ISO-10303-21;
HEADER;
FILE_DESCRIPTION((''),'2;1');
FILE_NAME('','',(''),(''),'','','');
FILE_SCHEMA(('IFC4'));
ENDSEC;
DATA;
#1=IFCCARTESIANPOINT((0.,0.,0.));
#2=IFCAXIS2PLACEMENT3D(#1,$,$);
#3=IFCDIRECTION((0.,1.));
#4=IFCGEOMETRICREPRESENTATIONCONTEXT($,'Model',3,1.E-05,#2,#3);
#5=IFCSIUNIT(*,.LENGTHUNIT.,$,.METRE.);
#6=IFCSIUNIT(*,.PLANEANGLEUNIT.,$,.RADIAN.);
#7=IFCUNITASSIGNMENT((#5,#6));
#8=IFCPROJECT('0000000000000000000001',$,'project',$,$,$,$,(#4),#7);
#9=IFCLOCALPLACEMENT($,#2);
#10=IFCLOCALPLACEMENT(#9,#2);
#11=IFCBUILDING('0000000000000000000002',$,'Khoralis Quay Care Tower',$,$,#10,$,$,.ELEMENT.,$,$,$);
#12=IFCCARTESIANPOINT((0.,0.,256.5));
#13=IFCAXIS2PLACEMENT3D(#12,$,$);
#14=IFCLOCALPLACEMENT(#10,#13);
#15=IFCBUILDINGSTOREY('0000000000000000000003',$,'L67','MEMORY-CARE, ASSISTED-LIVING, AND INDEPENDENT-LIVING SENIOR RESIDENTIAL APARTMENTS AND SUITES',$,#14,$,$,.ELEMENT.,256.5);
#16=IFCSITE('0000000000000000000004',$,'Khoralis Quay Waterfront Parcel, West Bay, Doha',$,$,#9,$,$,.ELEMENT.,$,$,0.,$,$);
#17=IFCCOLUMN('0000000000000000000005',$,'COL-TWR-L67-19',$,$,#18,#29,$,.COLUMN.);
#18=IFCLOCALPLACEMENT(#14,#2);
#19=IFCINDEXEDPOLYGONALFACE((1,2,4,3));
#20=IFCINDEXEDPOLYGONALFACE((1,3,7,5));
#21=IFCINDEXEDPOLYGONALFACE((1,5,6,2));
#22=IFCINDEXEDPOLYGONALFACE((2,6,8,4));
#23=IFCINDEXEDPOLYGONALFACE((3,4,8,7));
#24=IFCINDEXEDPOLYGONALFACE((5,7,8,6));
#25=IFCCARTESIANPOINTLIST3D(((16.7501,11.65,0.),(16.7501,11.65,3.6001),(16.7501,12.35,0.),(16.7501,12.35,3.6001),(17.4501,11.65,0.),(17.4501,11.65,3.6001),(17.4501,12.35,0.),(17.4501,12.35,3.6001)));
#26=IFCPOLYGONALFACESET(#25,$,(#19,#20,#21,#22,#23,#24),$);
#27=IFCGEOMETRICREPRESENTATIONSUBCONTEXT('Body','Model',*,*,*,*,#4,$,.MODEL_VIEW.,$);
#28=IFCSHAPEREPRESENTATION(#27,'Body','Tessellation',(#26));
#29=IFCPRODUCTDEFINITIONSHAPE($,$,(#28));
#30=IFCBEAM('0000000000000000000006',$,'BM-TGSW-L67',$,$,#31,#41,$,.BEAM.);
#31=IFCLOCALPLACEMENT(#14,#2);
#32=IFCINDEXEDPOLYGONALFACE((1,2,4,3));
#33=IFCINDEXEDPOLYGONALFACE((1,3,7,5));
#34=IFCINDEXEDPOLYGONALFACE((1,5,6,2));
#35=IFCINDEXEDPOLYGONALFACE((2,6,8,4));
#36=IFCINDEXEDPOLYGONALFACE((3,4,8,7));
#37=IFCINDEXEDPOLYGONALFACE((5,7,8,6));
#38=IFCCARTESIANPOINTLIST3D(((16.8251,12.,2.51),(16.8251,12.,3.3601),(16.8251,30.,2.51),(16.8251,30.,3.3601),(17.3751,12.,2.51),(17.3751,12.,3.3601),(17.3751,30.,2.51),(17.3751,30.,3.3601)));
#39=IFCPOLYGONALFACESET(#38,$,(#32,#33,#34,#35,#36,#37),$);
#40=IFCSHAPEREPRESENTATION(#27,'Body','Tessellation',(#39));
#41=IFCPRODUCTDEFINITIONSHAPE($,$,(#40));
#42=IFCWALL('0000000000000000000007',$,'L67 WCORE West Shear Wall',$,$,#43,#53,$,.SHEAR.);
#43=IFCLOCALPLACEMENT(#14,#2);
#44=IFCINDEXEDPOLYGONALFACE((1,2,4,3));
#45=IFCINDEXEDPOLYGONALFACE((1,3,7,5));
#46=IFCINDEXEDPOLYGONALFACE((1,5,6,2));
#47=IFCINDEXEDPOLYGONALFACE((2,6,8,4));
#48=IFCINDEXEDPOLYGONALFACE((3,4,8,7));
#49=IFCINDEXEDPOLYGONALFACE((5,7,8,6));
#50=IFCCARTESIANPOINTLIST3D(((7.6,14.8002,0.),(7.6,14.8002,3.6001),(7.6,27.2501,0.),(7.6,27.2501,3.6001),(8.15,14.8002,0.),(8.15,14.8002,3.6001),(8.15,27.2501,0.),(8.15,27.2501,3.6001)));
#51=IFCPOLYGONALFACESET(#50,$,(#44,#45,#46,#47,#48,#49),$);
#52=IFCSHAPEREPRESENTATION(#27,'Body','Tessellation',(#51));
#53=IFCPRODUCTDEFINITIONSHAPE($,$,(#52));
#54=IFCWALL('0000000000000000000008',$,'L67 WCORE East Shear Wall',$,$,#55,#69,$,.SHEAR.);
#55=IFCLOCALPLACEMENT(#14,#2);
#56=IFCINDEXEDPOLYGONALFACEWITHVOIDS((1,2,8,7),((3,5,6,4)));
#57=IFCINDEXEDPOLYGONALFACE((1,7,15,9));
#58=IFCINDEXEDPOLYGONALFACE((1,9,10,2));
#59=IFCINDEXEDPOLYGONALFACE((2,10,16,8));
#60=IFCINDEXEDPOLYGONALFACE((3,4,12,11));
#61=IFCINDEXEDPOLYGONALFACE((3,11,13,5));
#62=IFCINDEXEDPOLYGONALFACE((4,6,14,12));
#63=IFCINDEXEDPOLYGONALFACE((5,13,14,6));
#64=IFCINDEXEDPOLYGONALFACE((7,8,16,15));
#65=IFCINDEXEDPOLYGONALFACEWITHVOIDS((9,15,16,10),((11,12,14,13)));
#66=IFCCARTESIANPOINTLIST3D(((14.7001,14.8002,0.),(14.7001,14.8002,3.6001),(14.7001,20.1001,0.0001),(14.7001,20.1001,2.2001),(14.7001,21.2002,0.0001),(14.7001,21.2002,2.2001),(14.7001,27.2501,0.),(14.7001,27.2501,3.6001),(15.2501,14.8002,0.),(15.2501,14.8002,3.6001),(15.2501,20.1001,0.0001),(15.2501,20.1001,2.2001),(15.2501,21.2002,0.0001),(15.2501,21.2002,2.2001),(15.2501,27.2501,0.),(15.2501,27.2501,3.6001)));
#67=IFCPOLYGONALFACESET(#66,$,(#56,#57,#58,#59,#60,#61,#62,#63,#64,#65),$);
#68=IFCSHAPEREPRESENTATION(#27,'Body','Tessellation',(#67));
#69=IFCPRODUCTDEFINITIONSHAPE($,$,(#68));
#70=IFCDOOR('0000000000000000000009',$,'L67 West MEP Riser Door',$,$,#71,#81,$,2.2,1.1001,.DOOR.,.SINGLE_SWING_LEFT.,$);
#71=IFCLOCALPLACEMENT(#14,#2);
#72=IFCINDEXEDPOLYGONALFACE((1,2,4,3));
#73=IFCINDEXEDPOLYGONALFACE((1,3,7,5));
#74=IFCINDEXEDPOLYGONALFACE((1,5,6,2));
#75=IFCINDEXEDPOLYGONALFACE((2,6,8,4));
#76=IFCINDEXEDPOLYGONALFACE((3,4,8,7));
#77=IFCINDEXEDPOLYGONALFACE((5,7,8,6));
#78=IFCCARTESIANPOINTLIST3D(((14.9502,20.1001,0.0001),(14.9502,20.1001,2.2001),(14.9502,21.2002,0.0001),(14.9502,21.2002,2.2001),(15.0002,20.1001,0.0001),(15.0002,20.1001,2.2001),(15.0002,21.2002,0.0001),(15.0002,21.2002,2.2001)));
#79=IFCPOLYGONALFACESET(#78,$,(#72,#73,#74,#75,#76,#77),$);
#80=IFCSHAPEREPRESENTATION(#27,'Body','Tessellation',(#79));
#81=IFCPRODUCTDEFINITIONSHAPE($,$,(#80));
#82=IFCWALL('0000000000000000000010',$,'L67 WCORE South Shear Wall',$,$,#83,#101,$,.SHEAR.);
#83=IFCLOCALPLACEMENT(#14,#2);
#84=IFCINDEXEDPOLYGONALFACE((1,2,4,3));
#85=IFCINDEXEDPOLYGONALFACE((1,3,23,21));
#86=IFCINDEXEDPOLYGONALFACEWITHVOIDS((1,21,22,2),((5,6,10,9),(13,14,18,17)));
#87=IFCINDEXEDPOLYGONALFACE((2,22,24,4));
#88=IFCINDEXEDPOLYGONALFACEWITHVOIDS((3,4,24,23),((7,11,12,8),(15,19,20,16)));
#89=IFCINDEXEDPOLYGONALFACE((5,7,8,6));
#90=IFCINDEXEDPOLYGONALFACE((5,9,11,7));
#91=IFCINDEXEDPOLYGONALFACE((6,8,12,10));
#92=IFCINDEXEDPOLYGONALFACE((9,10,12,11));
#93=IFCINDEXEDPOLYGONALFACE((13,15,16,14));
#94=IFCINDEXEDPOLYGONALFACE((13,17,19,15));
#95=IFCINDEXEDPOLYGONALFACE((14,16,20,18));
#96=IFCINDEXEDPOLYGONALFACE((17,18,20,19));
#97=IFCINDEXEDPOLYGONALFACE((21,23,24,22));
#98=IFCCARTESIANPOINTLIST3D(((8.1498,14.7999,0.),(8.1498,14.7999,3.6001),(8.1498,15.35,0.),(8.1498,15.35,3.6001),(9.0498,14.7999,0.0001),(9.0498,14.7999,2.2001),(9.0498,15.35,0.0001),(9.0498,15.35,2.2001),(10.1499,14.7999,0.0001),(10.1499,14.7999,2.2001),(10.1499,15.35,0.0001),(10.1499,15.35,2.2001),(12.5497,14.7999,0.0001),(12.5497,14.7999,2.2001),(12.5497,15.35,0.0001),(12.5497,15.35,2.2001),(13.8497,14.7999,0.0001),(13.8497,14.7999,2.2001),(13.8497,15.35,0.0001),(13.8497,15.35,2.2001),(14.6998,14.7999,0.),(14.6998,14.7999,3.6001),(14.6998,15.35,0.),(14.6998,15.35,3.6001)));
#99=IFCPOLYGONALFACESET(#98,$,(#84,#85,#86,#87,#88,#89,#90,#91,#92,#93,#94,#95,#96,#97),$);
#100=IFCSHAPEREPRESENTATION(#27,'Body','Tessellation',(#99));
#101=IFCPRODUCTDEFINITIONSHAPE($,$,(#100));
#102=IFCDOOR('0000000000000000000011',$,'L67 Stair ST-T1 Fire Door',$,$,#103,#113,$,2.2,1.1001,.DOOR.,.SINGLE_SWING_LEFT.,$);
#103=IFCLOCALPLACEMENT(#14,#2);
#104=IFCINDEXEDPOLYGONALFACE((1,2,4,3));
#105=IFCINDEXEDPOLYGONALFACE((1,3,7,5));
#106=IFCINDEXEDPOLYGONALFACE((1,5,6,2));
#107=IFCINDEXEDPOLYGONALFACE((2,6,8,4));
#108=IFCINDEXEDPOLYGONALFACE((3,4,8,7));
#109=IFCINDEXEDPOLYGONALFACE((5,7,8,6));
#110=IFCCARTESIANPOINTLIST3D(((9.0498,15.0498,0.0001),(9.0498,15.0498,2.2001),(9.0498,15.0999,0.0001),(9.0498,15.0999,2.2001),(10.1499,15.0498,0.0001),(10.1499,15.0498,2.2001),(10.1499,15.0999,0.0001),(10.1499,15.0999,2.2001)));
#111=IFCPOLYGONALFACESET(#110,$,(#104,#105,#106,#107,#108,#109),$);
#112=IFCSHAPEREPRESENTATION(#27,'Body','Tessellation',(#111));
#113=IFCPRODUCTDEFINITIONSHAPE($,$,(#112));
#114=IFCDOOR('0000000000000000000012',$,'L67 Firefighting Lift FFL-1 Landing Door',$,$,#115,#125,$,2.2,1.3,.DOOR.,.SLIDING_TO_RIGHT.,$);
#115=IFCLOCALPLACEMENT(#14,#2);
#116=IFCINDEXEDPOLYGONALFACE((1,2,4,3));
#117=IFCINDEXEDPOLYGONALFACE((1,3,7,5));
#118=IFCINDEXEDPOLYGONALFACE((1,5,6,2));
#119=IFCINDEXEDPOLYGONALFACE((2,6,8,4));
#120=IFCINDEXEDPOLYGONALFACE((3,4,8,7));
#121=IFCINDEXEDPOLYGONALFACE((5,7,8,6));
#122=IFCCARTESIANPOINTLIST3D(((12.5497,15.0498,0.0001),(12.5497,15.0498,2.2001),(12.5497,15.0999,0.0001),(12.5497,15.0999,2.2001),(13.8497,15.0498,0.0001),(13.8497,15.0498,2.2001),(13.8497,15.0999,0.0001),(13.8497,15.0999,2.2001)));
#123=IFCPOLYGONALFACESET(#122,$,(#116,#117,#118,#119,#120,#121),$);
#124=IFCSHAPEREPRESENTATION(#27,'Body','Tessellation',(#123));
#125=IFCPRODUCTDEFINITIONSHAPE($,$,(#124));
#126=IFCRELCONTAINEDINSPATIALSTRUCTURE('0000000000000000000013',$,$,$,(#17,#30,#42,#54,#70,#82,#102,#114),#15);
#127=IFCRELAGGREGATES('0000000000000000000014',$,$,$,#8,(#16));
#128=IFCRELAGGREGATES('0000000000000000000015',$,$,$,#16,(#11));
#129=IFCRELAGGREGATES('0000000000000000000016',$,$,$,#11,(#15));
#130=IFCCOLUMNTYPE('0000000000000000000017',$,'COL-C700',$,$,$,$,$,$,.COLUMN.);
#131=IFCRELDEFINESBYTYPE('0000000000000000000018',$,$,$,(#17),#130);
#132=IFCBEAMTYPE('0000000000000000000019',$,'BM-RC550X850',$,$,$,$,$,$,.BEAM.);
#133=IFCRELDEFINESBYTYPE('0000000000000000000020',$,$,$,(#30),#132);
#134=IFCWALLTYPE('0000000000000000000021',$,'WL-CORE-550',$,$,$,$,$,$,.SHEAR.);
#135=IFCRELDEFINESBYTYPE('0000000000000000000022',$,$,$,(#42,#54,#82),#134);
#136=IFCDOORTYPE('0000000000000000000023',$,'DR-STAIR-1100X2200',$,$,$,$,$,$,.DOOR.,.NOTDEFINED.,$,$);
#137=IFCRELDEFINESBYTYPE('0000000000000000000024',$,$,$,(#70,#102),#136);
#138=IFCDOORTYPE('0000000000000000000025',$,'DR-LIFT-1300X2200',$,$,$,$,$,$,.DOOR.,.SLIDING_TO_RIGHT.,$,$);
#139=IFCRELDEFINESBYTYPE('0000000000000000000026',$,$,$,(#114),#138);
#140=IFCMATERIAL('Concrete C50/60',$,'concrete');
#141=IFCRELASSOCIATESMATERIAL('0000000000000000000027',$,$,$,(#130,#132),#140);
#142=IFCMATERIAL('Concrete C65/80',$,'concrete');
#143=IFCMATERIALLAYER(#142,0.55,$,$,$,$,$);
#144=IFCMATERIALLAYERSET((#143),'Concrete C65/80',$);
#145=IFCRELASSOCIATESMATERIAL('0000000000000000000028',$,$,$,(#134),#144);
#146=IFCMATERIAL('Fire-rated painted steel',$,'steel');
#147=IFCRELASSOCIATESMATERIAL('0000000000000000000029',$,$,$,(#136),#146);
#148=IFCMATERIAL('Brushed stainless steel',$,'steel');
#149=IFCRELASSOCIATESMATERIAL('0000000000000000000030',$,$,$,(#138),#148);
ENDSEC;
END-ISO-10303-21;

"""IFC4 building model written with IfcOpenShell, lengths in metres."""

from ifc_helpers import new_model, si_unit, direction, frame, frame_2d, origin, origin_2d, place, context, subcontext, project, spatial, rectangle, extrude, source, transform, mapped, material, layer, layer_set, material_profile, profile_set, type_object, element, fill, save


model = new_model("IFC4")

# Units and contexts
model_context = context("Model", 3, precision=1e-05, world=origin(), true_north=direction((0.0, 1.0)))
body_context = subcontext(model_context, "Body", "Model", "MODEL_VIEW")
ifc_project = project(units=[si_unit("LENGTHUNIT", "METRE"), si_unit("PLANEANGLEUNIT", "RADIAN")], contexts=[model_context])

# Site, building, storey
site_placement = place(None, origin())
site = spatial("IfcSite", under=ifc_project, at=site_placement, Name="Khoralis Quay Waterfront Parcel, West Bay, Doha", CompositionType="ELEMENT", RefElevation=0.0)
building_placement = place(site_placement, origin())
building = spatial("IfcBuilding", under=site, at=building_placement, Name="Khoralis Quay Care Tower", CompositionType="ELEMENT")
storey_placement = place(building_placement, frame((0.0, 0.0, 256.5)))
storey = spatial("IfcBuildingStorey", under=building, at=storey_placement, Name="L67", Description="MEMORY-CARE, ASSISTED-LIVING, AND INDEPENDENT-LIVING SENIOR RESIDENTIAL APARTMENTS AND SUITES", CompositionType="ELEMENT", Elevation=256.5)

# Column
ifc_material_1 = material(Name="Concrete C50/60", Category="concrete")
ifc_material_profile_1 = material_profile(ifc_material_1, rectangle(XDim=0.7, YDim=0.7, at=origin_2d()), Name="Concrete C50/60")
ifc_profile_set_1 = profile_set([ifc_material_profile_1], Name="Concrete C50/60")
column_type = type_object("IfcColumnType", Name="COL-C700", PredefinedType="COLUMN", material=ifc_profile_set_1)
shared_shape_1 = source(origin(), body_context, "Body", "SweptSolid", [
    extrude(rectangle(XDim=0.7, YDim=0.7, at=origin_2d()), origin(), (0.0, 0.0, 1.0), 3.6001),
])
column_placement = place(storey_placement, frame((17.1001, 12.0, 0.0), z_axis=(0.0, 0.0, 1.0), x_axis=(1.0, 0.0, 0.0)))
element("IfcColumn", 1, at=column_placement, inside=storey, type_object=column_type, Name="COL-TWR-L67-19", PredefinedType="COLUMN", context=body_context, shape_type="MappedRepresentation", body=[
    mapped(shared_shape_1, transform((0.0, 0.0, 0.0), scale=1.0)),
])

# Beam
ifc_material_profile_2 = material_profile(ifc_material_1, rectangle(XDim=0.55, YDim=0.8501, at=origin_2d()), Name="Concrete C50/60")
ifc_profile_set_2 = profile_set([ifc_material_profile_2], Name="Concrete C50/60")
beam_type = type_object("IfcBeamType", Name="BM-RC550X850", PredefinedType="BEAM", material=ifc_profile_set_2)
shared_shape_2 = source(origin(), body_context, "Body", "SweptSolid", [
    extrude(rectangle(XDim=0.55, YDim=0.8501, at=origin_2d()), origin(), (0.0, 0.0, 1.0), 18.0),
])
beam_placement = place(storey_placement, frame((17.1001, 12.0, 2.9351), z_axis=(0.0, 1.0, 0.0), x_axis=(-1.0, 0.0, 0.0)))
element("IfcBeam", 2, at=beam_placement, inside=storey, type_object=beam_type, Name="BM-TGSW-L67", PredefinedType="BEAM", context=body_context, shape_type="MappedRepresentation", body=[
    mapped(shared_shape_2, transform((0.0, 0.0, 0.0), scale=1.0)),
])

# Wall
ifc_material_2 = material(Name="Concrete C65/80", Category="concrete")
ifc_layer_1 = layer(ifc_material_2, 0.55)
ifc_layer_set_1 = layer_set([ifc_layer_1], Name="Concrete C65/80")
wall_type_1 = type_object("IfcWallType", Name="WL-CORE-550", PredefinedType="SHEAR", material=ifc_layer_set_1)
wall_1_placement = place(storey_placement, frame((7.875, 14.8, 0.0), z_axis=(0.0, 0.0, 1.0), x_axis=(0.0, 1.0, 0.0)))
element("IfcWall", 3, at=wall_1_placement, inside=storey, type_object=wall_type_1, Name="L67 WCORE West Shear Wall", PredefinedType="SHEAR", context=body_context, shape_type="SweptSolid", body=[
    extrude(rectangle(XDim=12.45, YDim=0.55, at=frame_2d((6.2251, 0.0))), origin(), (0.0, 0.0, 1.0), 3.6001),
])

# Wall, opening, door
wall_2_placement = place(storey_placement, frame((14.9751, 14.8, 0.0), z_axis=(0.0, 0.0, 1.0), x_axis=(0.0, 1.0, 0.0)))
wall_2 = element("IfcWall", 4, at=wall_2_placement, inside=storey, type_object=wall_type_1, Name="L67 WCORE East Shear Wall", PredefinedType="SHEAR", context=body_context, shape_type="SweptSolid", body=[
    extrude(rectangle(XDim=12.45, YDim=0.55, at=frame_2d((6.2251, 0.0))), origin(), (0.0, 0.0, 1.0), 3.6001),
])
opening_1_placement = place(wall_2_placement, frame((5.3, 0.0, 0.0)))
opening_1 = element("IfcOpeningElement", 5, at=opening_1_placement, cuts=wall_2, PredefinedType="OPENING", context=body_context, shape_type="SweptSolid", body=[
    extrude(rectangle(XDim=1.1001, YDim=2.2, at=frame_2d((0.55, 1.1001))), frame((0.0, 0.2852, 0.0), z_axis=(0.0, -1.0, 0.0), x_axis=(1.0, 0.0, 0.0)), (0.0, 0.0, 1.0), 0.5701),
])
ifc_material_3 = material(Name="Fire-rated painted steel", Category="steel")
door_type_1 = type_object("IfcDoorType", Name="DR-STAIR-1100X2200", OperationType="NOTDEFINED", PredefinedType="DOOR", material=ifc_material_3)
shared_shape_3 = source(origin(), body_context, "Body", "SweptSolid", [
    extrude(rectangle(XDim=1.1001, YDim=2.2, at=frame_2d((0.55, 1.1001))), frame((0.0, 0.0249, 0.0), z_axis=(0.0, -1.0, 0.0), x_axis=(1.0, 0.0, 0.0)), (0.0, 0.0, 1.0), 0.05),
])
door_1_placement = place(opening_1_placement, origin())
door_1 = element("IfcDoor", 6, at=door_1_placement, inside=storey, type_object=door_type_1, Name="L67 West MEP Riser Door", OperationType="SINGLE_SWING_LEFT", OverallHeight=2.2, OverallWidth=1.1001, PredefinedType="DOOR", context=body_context, shape_type="MappedRepresentation", body=[
    mapped(shared_shape_3, transform((0.0, 0.0, 0.0), scale=1.0)),
])
fill(opening_1, door_1)

# Wall, openings, doors
wall_3_placement = place(storey_placement, frame((8.1499, 15.075, 0.0), z_axis=(0.0, 0.0, 1.0), x_axis=(1.0, 0.0, 0.0)))
wall_3 = element("IfcWall", 7, at=wall_3_placement, inside=storey, type_object=wall_type_1, Name="L67 WCORE South Shear Wall", PredefinedType="SHEAR", context=body_context, shape_type="SweptSolid", body=[
    extrude(rectangle(XDim=6.55, YDim=0.55, at=frame_2d((3.2749, 0.0))), origin(), (0.0, 0.0, 1.0), 3.6001),
])
opening_2_placement = place(wall_3_placement, frame((0.8999, 0.0, 0.0)))
opening_2 = element("IfcOpeningElement", 8, at=opening_2_placement, cuts=wall_3, PredefinedType="OPENING", context=body_context, shape_type="SweptSolid", body=[
    extrude(rectangle(XDim=1.1001, YDim=2.2, at=frame_2d((0.55, 1.1001))), frame((0.0, 0.2852, 0.0), z_axis=(0.0, -1.0, 0.0), x_axis=(1.0, 0.0, 0.0)), (0.0, 0.0, 1.0), 0.5701),
])
opening_3_placement = place(wall_3_placement, frame((4.3999, 0.0, 0.0)))
opening_3 = element("IfcOpeningElement", 9, at=opening_3_placement, cuts=wall_3, PredefinedType="OPENING", context=body_context, shape_type="SweptSolid", body=[
    extrude(rectangle(XDim=1.3, YDim=2.2, at=frame_2d((0.6499, 1.1001))), frame((0.0, 0.2852, 0.0), z_axis=(0.0, -1.0, 0.0), x_axis=(1.0, 0.0, 0.0)), (0.0, 0.0, 1.0), 0.5701),
])
door_2_placement = place(opening_2_placement, origin())
door_2 = element("IfcDoor", 10, at=door_2_placement, inside=storey, type_object=door_type_1, Name="L67 Stair ST-T1 Fire Door", OperationType="SINGLE_SWING_LEFT", OverallHeight=2.2, OverallWidth=1.1001, PredefinedType="DOOR", context=body_context, shape_type="MappedRepresentation", body=[
    mapped(shared_shape_3, transform((0.0, 0.0, 0.0), scale=1.0)),
])
fill(opening_2, door_2)
ifc_material_4 = material(Name="Brushed stainless steel", Category="steel")
door_type_2 = type_object("IfcDoorType", Name="DR-LIFT-1300X2200", OperationType="SLIDING_TO_RIGHT", PredefinedType="DOOR", material=ifc_material_4)
shared_shape_4 = source(origin(), body_context, "Body", "SweptSolid", [
    extrude(rectangle(XDim=1.3, YDim=2.2, at=frame_2d((0.6499, 1.1001))), frame((0.0, 0.0249, 0.0), z_axis=(0.0, -1.0, 0.0), x_axis=(1.0, 0.0, 0.0)), (0.0, 0.0, 1.0), 0.05),
])
door_3_placement = place(opening_3_placement, origin())
door_3 = element("IfcDoor", 11, at=door_3_placement, inside=storey, type_object=door_type_2, Name="L67 Firefighting Lift FFL-1 Landing Door", OperationType="SLIDING_TO_RIGHT", OverallHeight=2.2, OverallWidth=1.3, PredefinedType="DOOR", context=body_context, shape_type="MappedRepresentation", body=[
    mapped(shared_shape_4, transform((0.0, 0.0, 0.0), scale=1.0)),
])
fill(opening_3, door_3)

save(model, "model.ifc")
